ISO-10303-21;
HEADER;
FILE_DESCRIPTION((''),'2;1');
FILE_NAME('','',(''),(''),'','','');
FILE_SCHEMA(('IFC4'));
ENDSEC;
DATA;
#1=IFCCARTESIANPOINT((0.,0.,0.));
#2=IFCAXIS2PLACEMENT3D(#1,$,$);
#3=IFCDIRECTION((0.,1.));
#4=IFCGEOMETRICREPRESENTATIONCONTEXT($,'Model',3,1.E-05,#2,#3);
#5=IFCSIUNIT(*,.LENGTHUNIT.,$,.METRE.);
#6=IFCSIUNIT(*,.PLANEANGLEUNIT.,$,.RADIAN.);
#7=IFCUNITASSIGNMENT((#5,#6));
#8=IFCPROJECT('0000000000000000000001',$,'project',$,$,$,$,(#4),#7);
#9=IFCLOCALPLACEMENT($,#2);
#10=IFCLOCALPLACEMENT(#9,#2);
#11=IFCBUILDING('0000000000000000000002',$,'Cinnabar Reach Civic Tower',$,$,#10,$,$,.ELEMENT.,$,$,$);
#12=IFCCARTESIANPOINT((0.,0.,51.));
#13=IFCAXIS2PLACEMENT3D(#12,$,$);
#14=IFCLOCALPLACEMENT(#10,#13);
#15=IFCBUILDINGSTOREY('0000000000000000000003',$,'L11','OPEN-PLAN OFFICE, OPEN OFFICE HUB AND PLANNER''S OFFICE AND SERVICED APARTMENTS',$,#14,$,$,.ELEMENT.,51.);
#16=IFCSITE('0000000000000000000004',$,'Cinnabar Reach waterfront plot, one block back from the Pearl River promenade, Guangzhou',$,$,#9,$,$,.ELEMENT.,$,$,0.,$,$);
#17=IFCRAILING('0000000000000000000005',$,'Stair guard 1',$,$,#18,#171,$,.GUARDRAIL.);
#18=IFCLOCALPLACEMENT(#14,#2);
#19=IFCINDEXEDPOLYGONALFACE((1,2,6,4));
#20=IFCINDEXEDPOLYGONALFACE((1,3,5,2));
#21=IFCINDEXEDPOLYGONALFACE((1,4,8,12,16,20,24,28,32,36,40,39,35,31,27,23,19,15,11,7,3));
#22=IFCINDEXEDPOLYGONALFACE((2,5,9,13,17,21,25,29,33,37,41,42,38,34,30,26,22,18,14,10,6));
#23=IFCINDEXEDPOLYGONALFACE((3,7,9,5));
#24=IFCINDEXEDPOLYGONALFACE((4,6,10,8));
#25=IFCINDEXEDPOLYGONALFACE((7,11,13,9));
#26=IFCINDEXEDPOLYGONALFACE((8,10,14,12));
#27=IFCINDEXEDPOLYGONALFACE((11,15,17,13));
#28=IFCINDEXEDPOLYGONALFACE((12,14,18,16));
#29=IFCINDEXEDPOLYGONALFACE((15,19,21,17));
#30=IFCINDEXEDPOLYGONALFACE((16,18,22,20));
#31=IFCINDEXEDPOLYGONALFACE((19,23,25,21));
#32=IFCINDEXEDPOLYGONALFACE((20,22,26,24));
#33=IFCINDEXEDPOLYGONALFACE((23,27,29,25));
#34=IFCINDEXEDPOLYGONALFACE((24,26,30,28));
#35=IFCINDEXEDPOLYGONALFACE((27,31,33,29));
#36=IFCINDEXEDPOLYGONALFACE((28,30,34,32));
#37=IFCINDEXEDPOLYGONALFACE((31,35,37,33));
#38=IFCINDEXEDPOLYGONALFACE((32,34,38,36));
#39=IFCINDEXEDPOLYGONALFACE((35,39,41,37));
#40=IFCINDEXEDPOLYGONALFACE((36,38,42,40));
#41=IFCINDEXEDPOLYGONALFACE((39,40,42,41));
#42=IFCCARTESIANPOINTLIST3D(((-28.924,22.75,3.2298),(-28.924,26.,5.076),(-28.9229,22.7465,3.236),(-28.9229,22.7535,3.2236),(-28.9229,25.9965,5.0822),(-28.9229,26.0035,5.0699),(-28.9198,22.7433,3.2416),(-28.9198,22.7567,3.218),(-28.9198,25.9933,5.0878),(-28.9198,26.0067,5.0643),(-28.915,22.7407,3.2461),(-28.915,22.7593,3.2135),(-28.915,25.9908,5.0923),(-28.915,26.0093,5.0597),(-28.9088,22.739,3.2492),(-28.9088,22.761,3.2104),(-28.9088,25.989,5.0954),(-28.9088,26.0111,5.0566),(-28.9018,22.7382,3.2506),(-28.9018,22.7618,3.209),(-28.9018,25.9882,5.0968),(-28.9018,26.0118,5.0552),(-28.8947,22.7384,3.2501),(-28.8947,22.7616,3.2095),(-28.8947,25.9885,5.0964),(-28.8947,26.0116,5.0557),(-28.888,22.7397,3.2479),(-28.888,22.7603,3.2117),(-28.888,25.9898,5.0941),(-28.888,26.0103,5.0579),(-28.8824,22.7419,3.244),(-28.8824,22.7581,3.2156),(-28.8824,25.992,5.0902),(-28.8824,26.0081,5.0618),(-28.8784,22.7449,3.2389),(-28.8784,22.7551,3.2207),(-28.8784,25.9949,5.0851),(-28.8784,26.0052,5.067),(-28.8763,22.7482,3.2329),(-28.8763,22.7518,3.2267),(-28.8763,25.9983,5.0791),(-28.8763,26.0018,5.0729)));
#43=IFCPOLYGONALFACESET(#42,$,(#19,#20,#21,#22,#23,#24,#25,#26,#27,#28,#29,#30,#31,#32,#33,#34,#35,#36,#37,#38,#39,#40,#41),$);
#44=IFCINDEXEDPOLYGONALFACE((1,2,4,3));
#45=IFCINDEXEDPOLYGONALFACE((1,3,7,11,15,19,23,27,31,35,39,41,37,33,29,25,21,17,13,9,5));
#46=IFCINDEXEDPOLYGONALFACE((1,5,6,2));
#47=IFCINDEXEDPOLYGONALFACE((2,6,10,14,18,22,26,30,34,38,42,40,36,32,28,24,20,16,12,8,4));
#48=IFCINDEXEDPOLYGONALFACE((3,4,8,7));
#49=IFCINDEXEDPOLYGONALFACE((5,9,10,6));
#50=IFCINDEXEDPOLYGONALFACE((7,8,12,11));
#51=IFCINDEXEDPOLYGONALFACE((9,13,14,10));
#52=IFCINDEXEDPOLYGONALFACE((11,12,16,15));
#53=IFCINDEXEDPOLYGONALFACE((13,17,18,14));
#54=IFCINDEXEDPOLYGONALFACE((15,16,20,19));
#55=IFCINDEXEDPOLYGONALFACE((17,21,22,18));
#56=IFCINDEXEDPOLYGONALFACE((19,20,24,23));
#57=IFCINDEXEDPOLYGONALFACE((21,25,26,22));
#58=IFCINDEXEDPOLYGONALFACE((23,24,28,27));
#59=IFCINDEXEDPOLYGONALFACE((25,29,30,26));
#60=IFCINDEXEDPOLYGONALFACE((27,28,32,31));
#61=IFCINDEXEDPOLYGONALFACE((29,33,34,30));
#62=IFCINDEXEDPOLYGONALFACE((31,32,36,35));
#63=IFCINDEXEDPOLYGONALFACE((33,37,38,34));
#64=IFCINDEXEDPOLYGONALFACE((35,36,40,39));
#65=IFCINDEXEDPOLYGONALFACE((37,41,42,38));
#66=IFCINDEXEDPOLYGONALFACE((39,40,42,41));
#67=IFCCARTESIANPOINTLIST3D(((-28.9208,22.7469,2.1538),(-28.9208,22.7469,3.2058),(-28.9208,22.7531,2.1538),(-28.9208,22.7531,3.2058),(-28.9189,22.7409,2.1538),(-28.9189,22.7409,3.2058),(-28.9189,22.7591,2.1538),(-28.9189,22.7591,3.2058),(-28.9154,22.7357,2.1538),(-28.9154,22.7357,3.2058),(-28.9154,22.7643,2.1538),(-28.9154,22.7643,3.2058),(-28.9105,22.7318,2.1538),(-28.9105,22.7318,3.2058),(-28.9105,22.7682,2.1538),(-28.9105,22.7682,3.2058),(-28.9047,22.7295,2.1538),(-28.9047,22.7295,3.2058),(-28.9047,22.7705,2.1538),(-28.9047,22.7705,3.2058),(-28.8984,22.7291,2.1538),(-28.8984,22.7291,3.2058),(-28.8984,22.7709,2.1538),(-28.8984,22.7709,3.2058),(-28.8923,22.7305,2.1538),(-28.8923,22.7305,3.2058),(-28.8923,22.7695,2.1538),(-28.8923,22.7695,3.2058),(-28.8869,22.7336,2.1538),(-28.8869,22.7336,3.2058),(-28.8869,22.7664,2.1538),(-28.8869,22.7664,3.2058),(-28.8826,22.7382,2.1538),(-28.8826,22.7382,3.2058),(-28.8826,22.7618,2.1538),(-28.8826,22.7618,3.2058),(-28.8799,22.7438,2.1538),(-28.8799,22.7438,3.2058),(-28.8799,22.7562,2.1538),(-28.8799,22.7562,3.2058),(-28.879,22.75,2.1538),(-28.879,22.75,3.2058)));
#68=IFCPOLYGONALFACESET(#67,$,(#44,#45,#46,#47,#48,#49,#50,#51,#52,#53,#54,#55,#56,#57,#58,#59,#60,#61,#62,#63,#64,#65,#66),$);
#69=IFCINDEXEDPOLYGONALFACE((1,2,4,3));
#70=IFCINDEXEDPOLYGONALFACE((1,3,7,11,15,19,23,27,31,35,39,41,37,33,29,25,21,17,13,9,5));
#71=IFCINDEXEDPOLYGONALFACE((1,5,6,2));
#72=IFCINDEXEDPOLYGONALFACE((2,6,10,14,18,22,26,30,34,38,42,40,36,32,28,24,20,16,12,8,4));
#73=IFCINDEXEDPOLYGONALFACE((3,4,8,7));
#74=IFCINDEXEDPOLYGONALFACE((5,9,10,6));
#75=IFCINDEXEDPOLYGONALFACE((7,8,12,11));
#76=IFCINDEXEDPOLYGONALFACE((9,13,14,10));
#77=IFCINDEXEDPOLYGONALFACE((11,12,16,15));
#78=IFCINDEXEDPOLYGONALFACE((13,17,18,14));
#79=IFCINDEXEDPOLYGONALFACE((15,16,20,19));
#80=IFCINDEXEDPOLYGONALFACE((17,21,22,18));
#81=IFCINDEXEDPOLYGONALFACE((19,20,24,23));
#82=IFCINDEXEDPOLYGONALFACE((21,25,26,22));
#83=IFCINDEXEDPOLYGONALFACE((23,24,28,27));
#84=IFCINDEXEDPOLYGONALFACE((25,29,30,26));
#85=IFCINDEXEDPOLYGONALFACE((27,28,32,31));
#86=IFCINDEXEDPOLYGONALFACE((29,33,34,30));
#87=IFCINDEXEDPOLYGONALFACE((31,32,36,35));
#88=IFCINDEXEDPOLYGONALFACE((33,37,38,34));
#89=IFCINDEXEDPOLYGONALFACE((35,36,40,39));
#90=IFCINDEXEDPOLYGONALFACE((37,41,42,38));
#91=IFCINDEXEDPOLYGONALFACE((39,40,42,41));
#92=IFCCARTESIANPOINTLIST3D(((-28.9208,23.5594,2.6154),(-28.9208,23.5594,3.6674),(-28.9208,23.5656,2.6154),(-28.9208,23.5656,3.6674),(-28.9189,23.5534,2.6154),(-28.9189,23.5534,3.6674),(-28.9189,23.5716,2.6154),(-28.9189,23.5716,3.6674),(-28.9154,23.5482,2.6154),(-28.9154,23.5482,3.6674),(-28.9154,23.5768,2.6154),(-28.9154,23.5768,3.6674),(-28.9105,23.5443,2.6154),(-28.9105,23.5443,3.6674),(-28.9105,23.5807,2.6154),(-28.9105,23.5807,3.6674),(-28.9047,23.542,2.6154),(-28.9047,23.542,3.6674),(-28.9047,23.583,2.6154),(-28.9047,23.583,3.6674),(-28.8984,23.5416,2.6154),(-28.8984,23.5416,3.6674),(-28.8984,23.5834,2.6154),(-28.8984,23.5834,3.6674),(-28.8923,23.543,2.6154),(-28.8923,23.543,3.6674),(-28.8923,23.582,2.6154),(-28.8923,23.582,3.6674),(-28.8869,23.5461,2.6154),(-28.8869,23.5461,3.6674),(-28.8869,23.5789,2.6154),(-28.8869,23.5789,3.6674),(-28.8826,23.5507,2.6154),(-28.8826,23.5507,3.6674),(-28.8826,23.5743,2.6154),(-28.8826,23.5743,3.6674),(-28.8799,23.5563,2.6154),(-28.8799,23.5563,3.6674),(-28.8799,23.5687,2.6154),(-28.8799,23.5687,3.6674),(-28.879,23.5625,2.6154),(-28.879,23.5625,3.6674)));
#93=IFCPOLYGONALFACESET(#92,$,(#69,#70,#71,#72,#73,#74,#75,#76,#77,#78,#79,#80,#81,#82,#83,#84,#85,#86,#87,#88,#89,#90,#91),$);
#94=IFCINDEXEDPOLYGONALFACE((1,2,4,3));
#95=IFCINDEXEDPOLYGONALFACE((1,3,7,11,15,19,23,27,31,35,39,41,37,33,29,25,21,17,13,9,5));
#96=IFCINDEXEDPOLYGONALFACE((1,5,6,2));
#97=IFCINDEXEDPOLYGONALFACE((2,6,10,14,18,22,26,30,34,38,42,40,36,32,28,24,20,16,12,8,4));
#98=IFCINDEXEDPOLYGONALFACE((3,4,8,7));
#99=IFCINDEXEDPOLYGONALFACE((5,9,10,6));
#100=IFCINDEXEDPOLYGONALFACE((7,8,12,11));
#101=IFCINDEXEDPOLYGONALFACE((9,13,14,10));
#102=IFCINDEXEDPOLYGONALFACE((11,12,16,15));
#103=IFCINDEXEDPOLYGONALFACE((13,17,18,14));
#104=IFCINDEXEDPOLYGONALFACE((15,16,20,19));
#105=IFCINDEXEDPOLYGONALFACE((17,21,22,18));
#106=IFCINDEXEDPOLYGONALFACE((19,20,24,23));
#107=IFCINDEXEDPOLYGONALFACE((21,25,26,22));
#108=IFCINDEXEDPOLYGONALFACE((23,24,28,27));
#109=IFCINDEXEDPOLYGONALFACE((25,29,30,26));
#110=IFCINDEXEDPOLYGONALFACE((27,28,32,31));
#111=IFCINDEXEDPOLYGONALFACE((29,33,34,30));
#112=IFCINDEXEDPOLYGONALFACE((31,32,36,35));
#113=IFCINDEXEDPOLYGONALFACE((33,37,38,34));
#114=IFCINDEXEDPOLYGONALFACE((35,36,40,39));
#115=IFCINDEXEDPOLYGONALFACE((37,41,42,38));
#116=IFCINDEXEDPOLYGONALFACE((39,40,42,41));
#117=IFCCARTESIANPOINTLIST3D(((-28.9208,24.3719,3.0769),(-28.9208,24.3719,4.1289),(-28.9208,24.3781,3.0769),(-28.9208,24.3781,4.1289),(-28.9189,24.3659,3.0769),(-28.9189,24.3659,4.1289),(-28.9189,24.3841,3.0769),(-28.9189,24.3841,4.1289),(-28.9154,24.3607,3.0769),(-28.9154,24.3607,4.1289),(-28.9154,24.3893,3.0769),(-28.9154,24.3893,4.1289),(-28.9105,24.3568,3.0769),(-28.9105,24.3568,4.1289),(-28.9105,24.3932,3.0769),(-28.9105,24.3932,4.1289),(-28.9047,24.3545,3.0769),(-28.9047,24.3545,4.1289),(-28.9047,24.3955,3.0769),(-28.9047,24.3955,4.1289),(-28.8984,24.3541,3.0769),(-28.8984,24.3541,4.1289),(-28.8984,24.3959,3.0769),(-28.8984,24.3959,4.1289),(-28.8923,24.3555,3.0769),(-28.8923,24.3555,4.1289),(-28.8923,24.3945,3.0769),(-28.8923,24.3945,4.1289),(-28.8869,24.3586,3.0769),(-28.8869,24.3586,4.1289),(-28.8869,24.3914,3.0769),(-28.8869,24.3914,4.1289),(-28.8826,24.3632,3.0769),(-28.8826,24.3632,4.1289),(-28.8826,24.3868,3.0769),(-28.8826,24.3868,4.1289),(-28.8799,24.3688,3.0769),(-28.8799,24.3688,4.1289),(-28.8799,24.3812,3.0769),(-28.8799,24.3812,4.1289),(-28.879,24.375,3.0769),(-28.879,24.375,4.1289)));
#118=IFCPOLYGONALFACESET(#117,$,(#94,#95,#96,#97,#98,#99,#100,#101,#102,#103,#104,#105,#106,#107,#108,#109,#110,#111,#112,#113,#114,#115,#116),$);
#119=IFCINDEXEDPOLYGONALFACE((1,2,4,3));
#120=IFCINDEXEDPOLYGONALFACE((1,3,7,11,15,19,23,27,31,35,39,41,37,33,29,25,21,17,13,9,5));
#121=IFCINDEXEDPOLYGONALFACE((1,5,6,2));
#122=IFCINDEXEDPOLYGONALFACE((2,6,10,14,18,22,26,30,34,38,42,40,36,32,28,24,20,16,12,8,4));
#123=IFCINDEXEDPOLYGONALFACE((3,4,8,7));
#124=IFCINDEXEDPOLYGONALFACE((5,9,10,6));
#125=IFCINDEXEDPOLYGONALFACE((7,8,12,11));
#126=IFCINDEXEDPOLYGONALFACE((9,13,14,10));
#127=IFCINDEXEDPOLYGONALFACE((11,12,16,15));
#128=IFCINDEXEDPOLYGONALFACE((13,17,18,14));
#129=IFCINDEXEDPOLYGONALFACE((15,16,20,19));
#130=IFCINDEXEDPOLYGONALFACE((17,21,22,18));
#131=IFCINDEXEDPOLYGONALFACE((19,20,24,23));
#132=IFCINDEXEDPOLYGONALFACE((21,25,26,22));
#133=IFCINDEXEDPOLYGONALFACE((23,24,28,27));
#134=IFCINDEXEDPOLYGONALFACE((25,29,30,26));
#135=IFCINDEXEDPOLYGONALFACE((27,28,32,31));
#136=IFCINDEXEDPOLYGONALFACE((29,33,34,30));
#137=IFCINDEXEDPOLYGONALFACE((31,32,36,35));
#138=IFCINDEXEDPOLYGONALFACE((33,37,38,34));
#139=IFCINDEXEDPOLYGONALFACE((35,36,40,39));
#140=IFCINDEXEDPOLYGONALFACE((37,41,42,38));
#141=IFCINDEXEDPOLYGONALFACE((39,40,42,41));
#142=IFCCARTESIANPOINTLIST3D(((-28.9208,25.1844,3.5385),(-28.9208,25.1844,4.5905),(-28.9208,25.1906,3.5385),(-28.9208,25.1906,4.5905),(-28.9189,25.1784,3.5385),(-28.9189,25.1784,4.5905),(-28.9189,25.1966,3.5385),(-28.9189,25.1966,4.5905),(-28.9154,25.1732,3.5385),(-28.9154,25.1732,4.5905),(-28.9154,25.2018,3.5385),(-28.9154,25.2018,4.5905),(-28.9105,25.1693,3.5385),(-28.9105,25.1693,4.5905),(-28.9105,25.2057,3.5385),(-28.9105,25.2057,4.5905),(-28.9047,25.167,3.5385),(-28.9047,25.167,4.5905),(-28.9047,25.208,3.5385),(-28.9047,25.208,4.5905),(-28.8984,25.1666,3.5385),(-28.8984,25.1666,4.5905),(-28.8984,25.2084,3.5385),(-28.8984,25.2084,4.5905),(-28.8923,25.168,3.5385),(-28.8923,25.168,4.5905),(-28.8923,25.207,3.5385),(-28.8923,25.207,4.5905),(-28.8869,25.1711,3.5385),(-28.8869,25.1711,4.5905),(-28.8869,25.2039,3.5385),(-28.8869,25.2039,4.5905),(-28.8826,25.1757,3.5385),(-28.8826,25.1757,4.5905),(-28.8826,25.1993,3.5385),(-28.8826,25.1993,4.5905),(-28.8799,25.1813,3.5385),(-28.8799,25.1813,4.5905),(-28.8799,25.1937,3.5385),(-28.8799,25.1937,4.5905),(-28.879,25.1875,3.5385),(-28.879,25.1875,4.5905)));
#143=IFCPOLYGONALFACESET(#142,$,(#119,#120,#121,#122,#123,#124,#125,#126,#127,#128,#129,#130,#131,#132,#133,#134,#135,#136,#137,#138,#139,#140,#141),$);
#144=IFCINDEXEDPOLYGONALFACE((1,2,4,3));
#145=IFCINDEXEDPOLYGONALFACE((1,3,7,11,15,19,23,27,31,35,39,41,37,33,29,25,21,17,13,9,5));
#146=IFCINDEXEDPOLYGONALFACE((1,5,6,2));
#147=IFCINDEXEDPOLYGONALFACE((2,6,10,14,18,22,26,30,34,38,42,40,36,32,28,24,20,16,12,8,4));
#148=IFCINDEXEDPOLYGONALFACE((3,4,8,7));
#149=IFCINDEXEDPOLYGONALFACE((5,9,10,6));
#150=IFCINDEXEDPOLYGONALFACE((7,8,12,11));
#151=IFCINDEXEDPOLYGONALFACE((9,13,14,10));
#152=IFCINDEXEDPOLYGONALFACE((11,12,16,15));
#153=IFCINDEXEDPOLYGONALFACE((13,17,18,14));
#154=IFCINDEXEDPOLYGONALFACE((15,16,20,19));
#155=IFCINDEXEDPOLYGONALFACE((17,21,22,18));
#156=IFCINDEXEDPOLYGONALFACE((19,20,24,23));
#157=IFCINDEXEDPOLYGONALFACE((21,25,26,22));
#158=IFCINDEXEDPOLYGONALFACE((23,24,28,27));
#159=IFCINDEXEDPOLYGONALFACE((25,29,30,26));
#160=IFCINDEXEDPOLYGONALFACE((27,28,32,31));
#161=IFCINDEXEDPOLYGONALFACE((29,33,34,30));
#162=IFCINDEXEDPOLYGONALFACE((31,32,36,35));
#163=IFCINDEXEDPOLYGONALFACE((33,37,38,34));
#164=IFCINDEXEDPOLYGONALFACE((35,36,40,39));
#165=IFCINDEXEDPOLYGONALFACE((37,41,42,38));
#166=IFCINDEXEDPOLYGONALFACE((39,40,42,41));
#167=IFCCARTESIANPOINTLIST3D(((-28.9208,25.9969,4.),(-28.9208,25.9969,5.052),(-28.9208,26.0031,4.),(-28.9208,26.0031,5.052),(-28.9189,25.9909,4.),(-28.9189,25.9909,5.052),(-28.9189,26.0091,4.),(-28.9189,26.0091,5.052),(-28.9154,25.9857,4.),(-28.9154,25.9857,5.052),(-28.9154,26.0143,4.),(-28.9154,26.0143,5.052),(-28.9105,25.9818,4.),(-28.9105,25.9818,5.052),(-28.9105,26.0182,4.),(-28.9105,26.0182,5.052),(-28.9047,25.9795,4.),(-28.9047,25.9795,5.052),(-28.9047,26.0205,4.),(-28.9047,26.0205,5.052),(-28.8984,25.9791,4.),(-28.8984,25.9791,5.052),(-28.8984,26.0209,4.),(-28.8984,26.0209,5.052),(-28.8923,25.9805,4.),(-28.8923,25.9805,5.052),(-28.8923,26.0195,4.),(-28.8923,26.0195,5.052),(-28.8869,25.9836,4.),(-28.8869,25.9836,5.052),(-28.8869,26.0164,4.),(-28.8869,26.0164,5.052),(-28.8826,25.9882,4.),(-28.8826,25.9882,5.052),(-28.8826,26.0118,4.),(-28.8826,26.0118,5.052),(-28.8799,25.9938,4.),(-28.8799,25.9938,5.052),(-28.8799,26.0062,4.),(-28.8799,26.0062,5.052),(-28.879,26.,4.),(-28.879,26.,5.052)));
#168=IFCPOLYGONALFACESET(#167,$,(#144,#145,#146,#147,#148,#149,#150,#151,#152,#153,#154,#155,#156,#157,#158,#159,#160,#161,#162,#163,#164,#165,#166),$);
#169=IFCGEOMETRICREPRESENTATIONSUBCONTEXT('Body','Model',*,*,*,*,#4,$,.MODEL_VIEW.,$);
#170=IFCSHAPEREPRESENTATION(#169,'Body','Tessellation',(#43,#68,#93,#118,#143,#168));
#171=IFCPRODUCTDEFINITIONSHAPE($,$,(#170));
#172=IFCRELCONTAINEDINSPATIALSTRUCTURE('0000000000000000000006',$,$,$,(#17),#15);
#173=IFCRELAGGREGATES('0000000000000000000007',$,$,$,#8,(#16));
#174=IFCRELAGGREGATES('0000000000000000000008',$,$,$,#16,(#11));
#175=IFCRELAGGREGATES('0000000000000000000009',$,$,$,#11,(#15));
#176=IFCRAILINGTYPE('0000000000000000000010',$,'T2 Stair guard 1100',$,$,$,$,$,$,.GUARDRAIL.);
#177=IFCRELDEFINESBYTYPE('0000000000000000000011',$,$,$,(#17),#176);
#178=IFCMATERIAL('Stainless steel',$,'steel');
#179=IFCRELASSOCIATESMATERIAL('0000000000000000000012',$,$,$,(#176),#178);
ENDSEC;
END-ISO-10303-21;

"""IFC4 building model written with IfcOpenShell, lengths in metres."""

from ifc_helpers import new_model, si_unit, direction, frame, origin, origin_2d, place, context, subcontext, project, spatial, circle, extrude, material, type_object, element, save


model = new_model("IFC4")

# Units and contexts
model_context = context("Model", 3, precision=1e-05, world=origin(), true_north=direction((0.0, 1.0)))
body_context = subcontext(model_context, "Body", "Model", "MODEL_VIEW")
ifc_project = project(units=[si_unit("LENGTHUNIT", "METRE"), si_unit("PLANEANGLEUNIT", "RADIAN")], contexts=[model_context])

# Site, building, storey
site_placement = place(None, origin())
site = spatial("IfcSite", under=ifc_project, at=site_placement, Name="Cinnabar Reach waterfront plot, one block back from the Pearl River promenade, Guangzhou", CompositionType="ELEMENT", RefElevation=0.0)
building_placement = place(site_placement, origin())
building = spatial("IfcBuilding", under=site, at=building_placement, Name="Cinnabar Reach Civic Tower", CompositionType="ELEMENT")
storey_placement = place(building_placement, frame((0.0, 0.0, 51.0)))
storey = spatial("IfcBuildingStorey", under=building, at=storey_placement, Name="L11", Description="OPEN-PLAN OFFICE, OPEN OFFICE HUB AND PLANNER'S OFFICE AND SERVICED APARTMENTS", CompositionType="ELEMENT", Elevation=51.0)

# Railing
ifc_material_1 = material(Name="Stainless steel", Category="steel")
railing_type_1 = type_object("IfcRailingType", Name="T2 Stair guard 1100", PredefinedType="GUARDRAIL", material=ifc_material_1)
railing_1_placement = place(storey_placement, frame((-28.9, 22.75, 2.1538)))
element("IfcRailing", 1, at=railing_1_placement, inside=storey, type_object=railing_type_1, Name="Stair guard 1", PredefinedType="GUARDRAIL", context=body_context, shape_type="SweptSolid", body=[
    extrude(circle(Radius=0.024, at=origin_2d()), frame((0.0, 0.0, 1.076), z_axis=(0.0, 0.869501, 0.49393), x_axis=(-1.0, 0.0, 0.0)), (0.0, 0.0, 1.0), 3.7378),
    extrude(circle(Radius=0.021, at=origin_2d()), origin(), (0.0, 0.0, 1.0), 1.052),
    extrude(circle(Radius=0.021, at=origin_2d()), frame((0.0, 0.8125, 0.4616)), (0.0, 0.0, 1.0), 1.052),
    extrude(circle(Radius=0.021, at=origin_2d()), frame((0.0, 1.625, 0.9231)), (0.0, 0.0, 1.0), 1.052),
    extrude(circle(Radius=0.021, at=origin_2d()), frame((0.0, 2.4375, 1.3847)), (0.0, 0.0, 1.0), 1.052),
    extrude(circle(Radius=0.021, at=origin_2d()), frame((0.0, 3.25, 1.8462)), (0.0, 0.0, 1.0), 1.052),
])

save(model, "model.ifc")
